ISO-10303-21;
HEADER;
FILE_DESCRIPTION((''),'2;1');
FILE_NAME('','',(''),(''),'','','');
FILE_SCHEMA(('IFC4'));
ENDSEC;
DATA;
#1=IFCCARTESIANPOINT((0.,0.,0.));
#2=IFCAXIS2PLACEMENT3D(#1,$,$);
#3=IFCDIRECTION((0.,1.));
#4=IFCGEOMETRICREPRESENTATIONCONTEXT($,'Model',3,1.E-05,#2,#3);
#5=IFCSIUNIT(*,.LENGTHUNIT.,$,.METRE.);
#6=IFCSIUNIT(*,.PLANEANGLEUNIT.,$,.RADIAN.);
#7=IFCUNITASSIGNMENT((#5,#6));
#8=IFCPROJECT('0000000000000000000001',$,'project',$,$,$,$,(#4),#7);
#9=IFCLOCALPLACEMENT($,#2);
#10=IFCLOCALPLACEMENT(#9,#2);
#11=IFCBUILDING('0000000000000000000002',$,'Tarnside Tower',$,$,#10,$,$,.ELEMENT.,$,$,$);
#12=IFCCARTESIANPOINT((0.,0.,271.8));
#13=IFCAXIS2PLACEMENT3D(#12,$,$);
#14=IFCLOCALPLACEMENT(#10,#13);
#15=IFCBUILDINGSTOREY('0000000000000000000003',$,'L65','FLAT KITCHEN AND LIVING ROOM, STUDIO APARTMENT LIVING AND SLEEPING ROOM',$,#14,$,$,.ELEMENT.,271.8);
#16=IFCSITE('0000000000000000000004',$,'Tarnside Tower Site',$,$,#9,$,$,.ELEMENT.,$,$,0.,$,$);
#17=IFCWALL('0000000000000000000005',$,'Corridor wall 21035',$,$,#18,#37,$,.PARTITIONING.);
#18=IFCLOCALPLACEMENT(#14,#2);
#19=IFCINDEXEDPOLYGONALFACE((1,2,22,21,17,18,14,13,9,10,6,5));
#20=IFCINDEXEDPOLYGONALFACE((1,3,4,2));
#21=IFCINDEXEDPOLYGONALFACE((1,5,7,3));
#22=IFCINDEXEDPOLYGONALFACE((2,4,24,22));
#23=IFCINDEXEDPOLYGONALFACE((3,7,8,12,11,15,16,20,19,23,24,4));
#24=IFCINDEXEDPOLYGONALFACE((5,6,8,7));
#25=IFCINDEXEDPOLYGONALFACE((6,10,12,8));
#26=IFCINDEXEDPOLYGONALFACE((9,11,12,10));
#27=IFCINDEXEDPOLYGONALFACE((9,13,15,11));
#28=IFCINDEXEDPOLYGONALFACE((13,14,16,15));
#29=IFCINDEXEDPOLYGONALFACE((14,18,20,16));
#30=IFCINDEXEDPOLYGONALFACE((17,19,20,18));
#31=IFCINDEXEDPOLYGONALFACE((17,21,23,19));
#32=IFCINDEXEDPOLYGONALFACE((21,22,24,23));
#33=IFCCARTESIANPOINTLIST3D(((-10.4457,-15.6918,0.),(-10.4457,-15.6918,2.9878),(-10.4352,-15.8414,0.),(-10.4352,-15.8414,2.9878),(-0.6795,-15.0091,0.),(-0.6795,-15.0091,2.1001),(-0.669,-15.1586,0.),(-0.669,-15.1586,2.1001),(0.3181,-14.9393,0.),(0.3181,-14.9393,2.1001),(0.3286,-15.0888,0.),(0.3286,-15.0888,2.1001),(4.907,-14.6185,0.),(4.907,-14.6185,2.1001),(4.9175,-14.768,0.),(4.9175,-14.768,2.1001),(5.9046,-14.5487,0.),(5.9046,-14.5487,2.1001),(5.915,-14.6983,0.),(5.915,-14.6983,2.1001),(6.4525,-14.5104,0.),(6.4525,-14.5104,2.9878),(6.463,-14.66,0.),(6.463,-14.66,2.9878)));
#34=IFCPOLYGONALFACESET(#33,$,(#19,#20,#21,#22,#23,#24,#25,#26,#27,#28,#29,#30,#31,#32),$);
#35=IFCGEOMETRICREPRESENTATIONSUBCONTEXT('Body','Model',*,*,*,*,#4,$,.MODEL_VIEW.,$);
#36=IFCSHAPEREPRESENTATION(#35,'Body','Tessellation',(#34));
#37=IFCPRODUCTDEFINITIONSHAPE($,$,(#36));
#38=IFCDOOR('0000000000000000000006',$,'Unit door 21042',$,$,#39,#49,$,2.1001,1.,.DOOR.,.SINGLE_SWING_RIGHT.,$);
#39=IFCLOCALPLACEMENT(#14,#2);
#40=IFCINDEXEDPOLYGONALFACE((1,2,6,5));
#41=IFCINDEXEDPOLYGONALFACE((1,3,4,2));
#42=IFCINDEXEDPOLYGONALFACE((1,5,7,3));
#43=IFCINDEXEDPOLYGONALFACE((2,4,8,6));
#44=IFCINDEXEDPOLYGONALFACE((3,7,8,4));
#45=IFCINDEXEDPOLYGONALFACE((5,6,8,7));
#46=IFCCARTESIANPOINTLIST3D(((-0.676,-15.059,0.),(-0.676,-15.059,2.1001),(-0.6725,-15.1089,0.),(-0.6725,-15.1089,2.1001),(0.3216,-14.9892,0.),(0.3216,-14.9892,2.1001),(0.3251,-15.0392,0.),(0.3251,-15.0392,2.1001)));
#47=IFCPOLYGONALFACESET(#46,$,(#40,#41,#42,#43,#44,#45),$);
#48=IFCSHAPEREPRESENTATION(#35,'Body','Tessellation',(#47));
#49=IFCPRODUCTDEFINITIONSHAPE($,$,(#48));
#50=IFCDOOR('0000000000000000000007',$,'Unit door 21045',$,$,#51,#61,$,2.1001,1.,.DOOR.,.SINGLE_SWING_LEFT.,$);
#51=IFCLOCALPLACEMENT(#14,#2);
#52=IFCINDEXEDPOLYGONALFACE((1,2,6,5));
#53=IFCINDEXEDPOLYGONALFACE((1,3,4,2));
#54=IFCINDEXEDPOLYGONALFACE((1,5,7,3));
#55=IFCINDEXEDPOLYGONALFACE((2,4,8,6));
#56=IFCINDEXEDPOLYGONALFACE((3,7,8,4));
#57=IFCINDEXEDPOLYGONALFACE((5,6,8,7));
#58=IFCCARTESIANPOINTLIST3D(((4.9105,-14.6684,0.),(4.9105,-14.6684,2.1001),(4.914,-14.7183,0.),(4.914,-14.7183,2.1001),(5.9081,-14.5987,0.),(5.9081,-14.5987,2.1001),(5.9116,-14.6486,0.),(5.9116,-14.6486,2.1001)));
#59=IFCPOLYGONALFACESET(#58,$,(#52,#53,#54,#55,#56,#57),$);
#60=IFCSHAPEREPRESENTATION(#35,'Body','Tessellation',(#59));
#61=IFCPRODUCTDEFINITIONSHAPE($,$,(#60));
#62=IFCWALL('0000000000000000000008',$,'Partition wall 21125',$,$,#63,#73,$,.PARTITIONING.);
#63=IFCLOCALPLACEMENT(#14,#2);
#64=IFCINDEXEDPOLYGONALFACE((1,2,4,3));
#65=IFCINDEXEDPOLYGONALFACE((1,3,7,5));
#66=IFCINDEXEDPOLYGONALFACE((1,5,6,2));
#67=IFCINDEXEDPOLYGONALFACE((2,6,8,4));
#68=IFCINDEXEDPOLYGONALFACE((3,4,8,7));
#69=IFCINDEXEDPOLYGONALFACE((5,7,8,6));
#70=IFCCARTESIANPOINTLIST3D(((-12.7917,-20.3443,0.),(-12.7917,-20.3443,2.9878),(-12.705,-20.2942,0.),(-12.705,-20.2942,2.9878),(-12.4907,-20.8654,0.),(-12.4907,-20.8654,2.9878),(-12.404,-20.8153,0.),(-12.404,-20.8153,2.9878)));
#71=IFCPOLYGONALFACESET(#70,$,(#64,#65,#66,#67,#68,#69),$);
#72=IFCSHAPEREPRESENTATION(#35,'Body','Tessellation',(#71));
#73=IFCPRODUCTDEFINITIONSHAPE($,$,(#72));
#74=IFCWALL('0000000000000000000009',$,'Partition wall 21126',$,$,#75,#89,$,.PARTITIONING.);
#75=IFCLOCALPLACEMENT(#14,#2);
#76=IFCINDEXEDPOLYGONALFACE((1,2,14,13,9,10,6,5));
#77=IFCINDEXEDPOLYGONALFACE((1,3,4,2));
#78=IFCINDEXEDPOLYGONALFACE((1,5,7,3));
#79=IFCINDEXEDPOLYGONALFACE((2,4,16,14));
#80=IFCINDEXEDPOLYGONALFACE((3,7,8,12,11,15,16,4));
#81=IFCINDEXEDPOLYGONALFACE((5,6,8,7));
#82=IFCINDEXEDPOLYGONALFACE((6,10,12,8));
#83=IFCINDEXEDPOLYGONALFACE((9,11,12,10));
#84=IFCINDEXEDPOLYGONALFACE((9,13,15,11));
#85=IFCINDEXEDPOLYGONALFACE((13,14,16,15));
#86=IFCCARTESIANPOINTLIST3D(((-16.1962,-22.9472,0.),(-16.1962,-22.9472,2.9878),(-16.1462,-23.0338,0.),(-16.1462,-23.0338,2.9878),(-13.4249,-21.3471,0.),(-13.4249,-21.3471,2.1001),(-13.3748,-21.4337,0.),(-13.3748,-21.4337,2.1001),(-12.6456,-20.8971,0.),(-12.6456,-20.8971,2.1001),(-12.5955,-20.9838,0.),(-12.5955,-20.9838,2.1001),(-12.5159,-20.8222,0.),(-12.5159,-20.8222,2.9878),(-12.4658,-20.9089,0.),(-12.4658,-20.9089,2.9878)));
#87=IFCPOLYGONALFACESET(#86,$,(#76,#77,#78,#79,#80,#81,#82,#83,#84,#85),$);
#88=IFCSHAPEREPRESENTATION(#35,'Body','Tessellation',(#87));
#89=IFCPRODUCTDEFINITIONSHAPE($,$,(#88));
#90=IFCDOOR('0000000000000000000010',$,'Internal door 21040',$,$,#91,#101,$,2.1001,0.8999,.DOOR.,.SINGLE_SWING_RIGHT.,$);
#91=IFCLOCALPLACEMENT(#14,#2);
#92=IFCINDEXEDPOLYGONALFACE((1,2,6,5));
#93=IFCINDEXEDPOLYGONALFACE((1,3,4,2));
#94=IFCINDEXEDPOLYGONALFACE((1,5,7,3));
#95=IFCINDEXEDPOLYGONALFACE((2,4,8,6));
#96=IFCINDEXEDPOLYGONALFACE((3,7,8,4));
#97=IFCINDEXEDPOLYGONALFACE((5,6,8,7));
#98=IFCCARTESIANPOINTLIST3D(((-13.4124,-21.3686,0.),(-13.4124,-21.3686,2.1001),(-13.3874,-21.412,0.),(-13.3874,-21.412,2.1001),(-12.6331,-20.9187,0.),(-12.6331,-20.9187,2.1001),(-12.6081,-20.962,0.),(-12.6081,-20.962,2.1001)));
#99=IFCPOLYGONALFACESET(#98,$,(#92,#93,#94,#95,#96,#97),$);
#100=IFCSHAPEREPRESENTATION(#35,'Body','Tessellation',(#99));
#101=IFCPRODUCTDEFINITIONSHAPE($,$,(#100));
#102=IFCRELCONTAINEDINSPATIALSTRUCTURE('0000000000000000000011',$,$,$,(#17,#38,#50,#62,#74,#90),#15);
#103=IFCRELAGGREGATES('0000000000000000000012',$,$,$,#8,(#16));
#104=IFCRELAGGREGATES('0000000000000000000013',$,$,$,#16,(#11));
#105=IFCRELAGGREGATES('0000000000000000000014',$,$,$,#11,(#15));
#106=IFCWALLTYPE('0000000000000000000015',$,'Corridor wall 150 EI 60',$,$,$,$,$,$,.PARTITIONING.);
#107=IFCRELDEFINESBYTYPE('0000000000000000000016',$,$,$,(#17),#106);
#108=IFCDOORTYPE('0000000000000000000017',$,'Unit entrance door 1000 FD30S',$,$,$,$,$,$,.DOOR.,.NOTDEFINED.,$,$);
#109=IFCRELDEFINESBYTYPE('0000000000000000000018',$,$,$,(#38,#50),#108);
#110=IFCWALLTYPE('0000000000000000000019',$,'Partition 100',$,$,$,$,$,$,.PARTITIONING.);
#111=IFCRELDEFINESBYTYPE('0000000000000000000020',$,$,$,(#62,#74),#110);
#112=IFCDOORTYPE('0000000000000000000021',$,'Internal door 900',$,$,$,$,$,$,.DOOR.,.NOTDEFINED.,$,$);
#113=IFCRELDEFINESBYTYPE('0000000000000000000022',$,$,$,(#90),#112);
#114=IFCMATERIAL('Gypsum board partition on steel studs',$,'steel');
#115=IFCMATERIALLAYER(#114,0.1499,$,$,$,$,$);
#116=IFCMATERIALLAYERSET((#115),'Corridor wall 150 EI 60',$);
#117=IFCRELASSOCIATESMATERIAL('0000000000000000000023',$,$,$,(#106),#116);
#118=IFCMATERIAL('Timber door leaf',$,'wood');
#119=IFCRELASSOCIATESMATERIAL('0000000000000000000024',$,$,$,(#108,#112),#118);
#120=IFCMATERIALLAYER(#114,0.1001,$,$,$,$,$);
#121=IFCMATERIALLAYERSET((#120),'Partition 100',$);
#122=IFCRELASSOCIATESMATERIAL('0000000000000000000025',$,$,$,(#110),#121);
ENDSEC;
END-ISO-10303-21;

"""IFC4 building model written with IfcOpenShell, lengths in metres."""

from ifc_helpers import new_model, si_unit, direction, frame, frame_2d, origin, place, context, subcontext, project, spatial, rectangle, extrude, material, layer, layer_set, type_object, element, fill, save


model = new_model("IFC4")

# Units and contexts
model_context = context("Model", 3, precision=1e-05, world=origin(), true_north=direction((0.0, 1.0)))
body_context = subcontext(model_context, "Body", "Model", "MODEL_VIEW")
ifc_project = project(units=[si_unit("LENGTHUNIT", "METRE"), si_unit("PLANEANGLEUNIT", "RADIAN")], contexts=[model_context])

# Site, building, storey
site_placement = place(None, origin())
site = spatial("IfcSite", under=ifc_project, at=site_placement, Name="Tarnside Tower Site", CompositionType="ELEMENT", RefElevation=0.0)
building_placement = place(site_placement, origin())
building = spatial("IfcBuilding", under=site, at=building_placement, Name="Tarnside Tower", CompositionType="ELEMENT")
storey_placement = place(building_placement, frame((0.0, 0.0, 271.8)))
storey = spatial("IfcBuildingStorey", under=building, at=storey_placement, Name="L65", Description="FLAT KITCHEN AND LIVING ROOM, STUDIO APARTMENT LIVING AND SLEEPING ROOM", CompositionType="ELEMENT", Elevation=271.8)

# Shared definitions
ifc_material_1 = material(Name="Gypsum board partition on steel studs", Category="steel")

# Shared definitions
ifc_material_2 = material(Name="Timber door leaf", Category="wood")

# Wall, openings, doors
ifc_layer_1 = layer(ifc_material_1, 0.1499)
ifc_layer_set_1 = layer_set([ifc_layer_1], Name="Corridor wall 150 EI 60")
wall_type_1 = type_object("IfcWallType", Name="Corridor wall 150 EI 60", PredefinedType="PARTITIONING", material=ifc_layer_set_1)
wall_1_placement = place(storey_placement, frame((-10.4404, -15.7666, 0.0), z_axis=(0.0, 0.0, 1.0), x_axis=(0.997565, 0.069742, 0.0)))
wall_1 = element("IfcWall", 1, at=wall_1_placement, inside=storey, type_object=wall_type_1, Name="Corridor wall 21035", PredefinedType="PARTITIONING", context=body_context, shape_type="SweptSolid", body=[
    extrude(rectangle(XDim=16.9395, YDim=0.1499, at=frame_2d((8.4697, 0.0))), origin(), (0.0, 0.0, 1.0), 2.9878),
])
opening_1_placement = place(wall_1_placement, frame((9.79, 0.0, 0.0)))
opening_1 = element("IfcOpeningElement", 2, at=opening_1_placement, cuts=wall_1, PredefinedType="OPENING", context=body_context, shape_type="SweptSolid", body=[
    extrude(rectangle(XDim=1.0, YDim=2.1001, at=frame_2d((0.5, 1.05))), frame((0.0, 0.085, 0.0), z_axis=(0.0, -1.0, 0.0), x_axis=(1.0, 0.0, 0.0)), (0.0, 0.0, 1.0), 0.1699),
])
opening_2_placement = place(wall_1_placement, frame((15.3901, 0.0, 0.0)))
opening_2 = element("IfcOpeningElement", 3, at=opening_2_placement, cuts=wall_1, PredefinedType="OPENING", context=body_context, shape_type="SweptSolid", body=[
    extrude(rectangle(XDim=1.0, YDim=2.1001, at=frame_2d((0.5, 1.05))), frame((0.0, 0.085, 0.0), z_axis=(0.0, -1.0, 0.0), x_axis=(1.0, 0.0, 0.0)), (0.0, 0.0, 1.0), 0.1699),
])
door_type_1 = type_object("IfcDoorType", Name="Unit entrance door 1000 FD30S", OperationType="NOTDEFINED", PredefinedType="DOOR", material=ifc_material_2)
door_1_placement = place(opening_1_placement, origin())
door_1 = element("IfcDoor", 4, at=door_1_placement, inside=storey, type_object=door_type_1, Name="Unit door 21042", OperationType="SINGLE_SWING_RIGHT", OverallHeight=2.1001, OverallWidth=1.0, PredefinedType="DOOR", context=body_context, shape_type="SweptSolid", body=[
    extrude(rectangle(XDim=1.0, YDim=2.1001, at=frame_2d((0.5, 1.05))), frame((0.0, 0.0249, 0.0), z_axis=(0.0, -1.0, 0.0), x_axis=(1.0, 0.0, 0.0)), (0.0, 0.0, 1.0), 0.05),
])
fill(opening_1, door_1)
door_2_placement = place(opening_2_placement, origin())
door_2 = element("IfcDoor", 5, at=door_2_placement, inside=storey, type_object=door_type_1, Name="Unit door 21045", OperationType="SINGLE_SWING_LEFT", OverallHeight=2.1001, OverallWidth=1.0, PredefinedType="DOOR", context=body_context, shape_type="SweptSolid", body=[
    extrude(rectangle(XDim=1.0, YDim=2.1001, at=frame_2d((0.5, 1.05))), frame((0.0, 0.0249, 0.0), z_axis=(0.0, -1.0, 0.0), x_axis=(1.0, 0.0, 0.0)), (0.0, 0.0, 1.0), 0.05),
])
fill(opening_2, door_2)

# Wall
ifc_layer_2 = layer(ifc_material_1, 0.1001)
ifc_layer_set_2 = layer_set([ifc_layer_2], Name="Partition 100")
wall_type_2 = type_object("IfcWallType", Name="Partition 100", PredefinedType="PARTITIONING", material=ifc_layer_set_2)
wall_2_placement = place(storey_placement, frame((-12.7483, -20.3193, 0.0), z_axis=(0.0, 0.0, 1.0), x_axis=(0.500109, -0.865963, 0.0)))
element("IfcWall", 6, at=wall_2_placement, inside=storey, type_object=wall_type_2, Name="Partition wall 21125", PredefinedType="PARTITIONING", context=body_context, shape_type="SweptSolid", body=[
    extrude(rectangle(XDim=0.6018, YDim=0.1001, at=frame_2d((0.3008, 0.0))), origin(), (0.0, 0.0, 1.0), 2.9878),
])

# Wall, opening, door
wall_3_placement = place(storey_placement, frame((-12.4907, -20.8655, 0.0), z_axis=(0.0, 0.0, 1.0), x_axis=(-0.866014, -0.500019, 0.0)))
wall_3 = element("IfcWall", 7, at=wall_3_placement, inside=storey, type_object=wall_type_2, Name="Partition wall 21126", PredefinedType="PARTITIONING", context=body_context, shape_type="SweptSolid", body=[
    extrude(rectangle(XDim=4.2498, YDim=0.1001, at=frame_2d((2.125, 0.0))), origin(), (0.0, 0.0, 1.0), 2.9878),
])
opening_3_placement = place(wall_3_placement, frame((0.1499, 0.0, 0.0)))
opening_3 = element("IfcOpeningElement", 8, at=opening_3_placement, cuts=wall_3, PredefinedType="OPENING", context=body_context, shape_type="SweptSolid", body=[
    extrude(rectangle(XDim=0.8999, YDim=2.1001, at=frame_2d((0.45, 1.05))), frame((0.0, 0.0601, 0.0), z_axis=(0.0, -1.0, 0.0), x_axis=(1.0, 0.0, 0.0)), (0.0, 0.0, 1.0), 0.1201),
])
door_type_2 = type_object("IfcDoorType", Name="Internal door 900", OperationType="NOTDEFINED", PredefinedType="DOOR", material=ifc_material_2)
door_3_placement = place(opening_3_placement, origin())
door_3 = element("IfcDoor", 9, at=door_3_placement, inside=storey, type_object=door_type_2, Name="Internal door 21040", OperationType="SINGLE_SWING_RIGHT", OverallHeight=2.1001, OverallWidth=0.8999, PredefinedType="DOOR", context=body_context, shape_type="SweptSolid", body=[
    extrude(rectangle(XDim=0.8999, YDim=2.1001, at=frame_2d((0.45, 1.05))), frame((0.0, 0.0249, 0.0), z_axis=(0.0, -1.0, 0.0), x_axis=(1.0, 0.0, 0.0)), (0.0, 0.0, 1.0), 0.05),
])
fill(opening_3, door_3)

save(model, "model.ifc")
